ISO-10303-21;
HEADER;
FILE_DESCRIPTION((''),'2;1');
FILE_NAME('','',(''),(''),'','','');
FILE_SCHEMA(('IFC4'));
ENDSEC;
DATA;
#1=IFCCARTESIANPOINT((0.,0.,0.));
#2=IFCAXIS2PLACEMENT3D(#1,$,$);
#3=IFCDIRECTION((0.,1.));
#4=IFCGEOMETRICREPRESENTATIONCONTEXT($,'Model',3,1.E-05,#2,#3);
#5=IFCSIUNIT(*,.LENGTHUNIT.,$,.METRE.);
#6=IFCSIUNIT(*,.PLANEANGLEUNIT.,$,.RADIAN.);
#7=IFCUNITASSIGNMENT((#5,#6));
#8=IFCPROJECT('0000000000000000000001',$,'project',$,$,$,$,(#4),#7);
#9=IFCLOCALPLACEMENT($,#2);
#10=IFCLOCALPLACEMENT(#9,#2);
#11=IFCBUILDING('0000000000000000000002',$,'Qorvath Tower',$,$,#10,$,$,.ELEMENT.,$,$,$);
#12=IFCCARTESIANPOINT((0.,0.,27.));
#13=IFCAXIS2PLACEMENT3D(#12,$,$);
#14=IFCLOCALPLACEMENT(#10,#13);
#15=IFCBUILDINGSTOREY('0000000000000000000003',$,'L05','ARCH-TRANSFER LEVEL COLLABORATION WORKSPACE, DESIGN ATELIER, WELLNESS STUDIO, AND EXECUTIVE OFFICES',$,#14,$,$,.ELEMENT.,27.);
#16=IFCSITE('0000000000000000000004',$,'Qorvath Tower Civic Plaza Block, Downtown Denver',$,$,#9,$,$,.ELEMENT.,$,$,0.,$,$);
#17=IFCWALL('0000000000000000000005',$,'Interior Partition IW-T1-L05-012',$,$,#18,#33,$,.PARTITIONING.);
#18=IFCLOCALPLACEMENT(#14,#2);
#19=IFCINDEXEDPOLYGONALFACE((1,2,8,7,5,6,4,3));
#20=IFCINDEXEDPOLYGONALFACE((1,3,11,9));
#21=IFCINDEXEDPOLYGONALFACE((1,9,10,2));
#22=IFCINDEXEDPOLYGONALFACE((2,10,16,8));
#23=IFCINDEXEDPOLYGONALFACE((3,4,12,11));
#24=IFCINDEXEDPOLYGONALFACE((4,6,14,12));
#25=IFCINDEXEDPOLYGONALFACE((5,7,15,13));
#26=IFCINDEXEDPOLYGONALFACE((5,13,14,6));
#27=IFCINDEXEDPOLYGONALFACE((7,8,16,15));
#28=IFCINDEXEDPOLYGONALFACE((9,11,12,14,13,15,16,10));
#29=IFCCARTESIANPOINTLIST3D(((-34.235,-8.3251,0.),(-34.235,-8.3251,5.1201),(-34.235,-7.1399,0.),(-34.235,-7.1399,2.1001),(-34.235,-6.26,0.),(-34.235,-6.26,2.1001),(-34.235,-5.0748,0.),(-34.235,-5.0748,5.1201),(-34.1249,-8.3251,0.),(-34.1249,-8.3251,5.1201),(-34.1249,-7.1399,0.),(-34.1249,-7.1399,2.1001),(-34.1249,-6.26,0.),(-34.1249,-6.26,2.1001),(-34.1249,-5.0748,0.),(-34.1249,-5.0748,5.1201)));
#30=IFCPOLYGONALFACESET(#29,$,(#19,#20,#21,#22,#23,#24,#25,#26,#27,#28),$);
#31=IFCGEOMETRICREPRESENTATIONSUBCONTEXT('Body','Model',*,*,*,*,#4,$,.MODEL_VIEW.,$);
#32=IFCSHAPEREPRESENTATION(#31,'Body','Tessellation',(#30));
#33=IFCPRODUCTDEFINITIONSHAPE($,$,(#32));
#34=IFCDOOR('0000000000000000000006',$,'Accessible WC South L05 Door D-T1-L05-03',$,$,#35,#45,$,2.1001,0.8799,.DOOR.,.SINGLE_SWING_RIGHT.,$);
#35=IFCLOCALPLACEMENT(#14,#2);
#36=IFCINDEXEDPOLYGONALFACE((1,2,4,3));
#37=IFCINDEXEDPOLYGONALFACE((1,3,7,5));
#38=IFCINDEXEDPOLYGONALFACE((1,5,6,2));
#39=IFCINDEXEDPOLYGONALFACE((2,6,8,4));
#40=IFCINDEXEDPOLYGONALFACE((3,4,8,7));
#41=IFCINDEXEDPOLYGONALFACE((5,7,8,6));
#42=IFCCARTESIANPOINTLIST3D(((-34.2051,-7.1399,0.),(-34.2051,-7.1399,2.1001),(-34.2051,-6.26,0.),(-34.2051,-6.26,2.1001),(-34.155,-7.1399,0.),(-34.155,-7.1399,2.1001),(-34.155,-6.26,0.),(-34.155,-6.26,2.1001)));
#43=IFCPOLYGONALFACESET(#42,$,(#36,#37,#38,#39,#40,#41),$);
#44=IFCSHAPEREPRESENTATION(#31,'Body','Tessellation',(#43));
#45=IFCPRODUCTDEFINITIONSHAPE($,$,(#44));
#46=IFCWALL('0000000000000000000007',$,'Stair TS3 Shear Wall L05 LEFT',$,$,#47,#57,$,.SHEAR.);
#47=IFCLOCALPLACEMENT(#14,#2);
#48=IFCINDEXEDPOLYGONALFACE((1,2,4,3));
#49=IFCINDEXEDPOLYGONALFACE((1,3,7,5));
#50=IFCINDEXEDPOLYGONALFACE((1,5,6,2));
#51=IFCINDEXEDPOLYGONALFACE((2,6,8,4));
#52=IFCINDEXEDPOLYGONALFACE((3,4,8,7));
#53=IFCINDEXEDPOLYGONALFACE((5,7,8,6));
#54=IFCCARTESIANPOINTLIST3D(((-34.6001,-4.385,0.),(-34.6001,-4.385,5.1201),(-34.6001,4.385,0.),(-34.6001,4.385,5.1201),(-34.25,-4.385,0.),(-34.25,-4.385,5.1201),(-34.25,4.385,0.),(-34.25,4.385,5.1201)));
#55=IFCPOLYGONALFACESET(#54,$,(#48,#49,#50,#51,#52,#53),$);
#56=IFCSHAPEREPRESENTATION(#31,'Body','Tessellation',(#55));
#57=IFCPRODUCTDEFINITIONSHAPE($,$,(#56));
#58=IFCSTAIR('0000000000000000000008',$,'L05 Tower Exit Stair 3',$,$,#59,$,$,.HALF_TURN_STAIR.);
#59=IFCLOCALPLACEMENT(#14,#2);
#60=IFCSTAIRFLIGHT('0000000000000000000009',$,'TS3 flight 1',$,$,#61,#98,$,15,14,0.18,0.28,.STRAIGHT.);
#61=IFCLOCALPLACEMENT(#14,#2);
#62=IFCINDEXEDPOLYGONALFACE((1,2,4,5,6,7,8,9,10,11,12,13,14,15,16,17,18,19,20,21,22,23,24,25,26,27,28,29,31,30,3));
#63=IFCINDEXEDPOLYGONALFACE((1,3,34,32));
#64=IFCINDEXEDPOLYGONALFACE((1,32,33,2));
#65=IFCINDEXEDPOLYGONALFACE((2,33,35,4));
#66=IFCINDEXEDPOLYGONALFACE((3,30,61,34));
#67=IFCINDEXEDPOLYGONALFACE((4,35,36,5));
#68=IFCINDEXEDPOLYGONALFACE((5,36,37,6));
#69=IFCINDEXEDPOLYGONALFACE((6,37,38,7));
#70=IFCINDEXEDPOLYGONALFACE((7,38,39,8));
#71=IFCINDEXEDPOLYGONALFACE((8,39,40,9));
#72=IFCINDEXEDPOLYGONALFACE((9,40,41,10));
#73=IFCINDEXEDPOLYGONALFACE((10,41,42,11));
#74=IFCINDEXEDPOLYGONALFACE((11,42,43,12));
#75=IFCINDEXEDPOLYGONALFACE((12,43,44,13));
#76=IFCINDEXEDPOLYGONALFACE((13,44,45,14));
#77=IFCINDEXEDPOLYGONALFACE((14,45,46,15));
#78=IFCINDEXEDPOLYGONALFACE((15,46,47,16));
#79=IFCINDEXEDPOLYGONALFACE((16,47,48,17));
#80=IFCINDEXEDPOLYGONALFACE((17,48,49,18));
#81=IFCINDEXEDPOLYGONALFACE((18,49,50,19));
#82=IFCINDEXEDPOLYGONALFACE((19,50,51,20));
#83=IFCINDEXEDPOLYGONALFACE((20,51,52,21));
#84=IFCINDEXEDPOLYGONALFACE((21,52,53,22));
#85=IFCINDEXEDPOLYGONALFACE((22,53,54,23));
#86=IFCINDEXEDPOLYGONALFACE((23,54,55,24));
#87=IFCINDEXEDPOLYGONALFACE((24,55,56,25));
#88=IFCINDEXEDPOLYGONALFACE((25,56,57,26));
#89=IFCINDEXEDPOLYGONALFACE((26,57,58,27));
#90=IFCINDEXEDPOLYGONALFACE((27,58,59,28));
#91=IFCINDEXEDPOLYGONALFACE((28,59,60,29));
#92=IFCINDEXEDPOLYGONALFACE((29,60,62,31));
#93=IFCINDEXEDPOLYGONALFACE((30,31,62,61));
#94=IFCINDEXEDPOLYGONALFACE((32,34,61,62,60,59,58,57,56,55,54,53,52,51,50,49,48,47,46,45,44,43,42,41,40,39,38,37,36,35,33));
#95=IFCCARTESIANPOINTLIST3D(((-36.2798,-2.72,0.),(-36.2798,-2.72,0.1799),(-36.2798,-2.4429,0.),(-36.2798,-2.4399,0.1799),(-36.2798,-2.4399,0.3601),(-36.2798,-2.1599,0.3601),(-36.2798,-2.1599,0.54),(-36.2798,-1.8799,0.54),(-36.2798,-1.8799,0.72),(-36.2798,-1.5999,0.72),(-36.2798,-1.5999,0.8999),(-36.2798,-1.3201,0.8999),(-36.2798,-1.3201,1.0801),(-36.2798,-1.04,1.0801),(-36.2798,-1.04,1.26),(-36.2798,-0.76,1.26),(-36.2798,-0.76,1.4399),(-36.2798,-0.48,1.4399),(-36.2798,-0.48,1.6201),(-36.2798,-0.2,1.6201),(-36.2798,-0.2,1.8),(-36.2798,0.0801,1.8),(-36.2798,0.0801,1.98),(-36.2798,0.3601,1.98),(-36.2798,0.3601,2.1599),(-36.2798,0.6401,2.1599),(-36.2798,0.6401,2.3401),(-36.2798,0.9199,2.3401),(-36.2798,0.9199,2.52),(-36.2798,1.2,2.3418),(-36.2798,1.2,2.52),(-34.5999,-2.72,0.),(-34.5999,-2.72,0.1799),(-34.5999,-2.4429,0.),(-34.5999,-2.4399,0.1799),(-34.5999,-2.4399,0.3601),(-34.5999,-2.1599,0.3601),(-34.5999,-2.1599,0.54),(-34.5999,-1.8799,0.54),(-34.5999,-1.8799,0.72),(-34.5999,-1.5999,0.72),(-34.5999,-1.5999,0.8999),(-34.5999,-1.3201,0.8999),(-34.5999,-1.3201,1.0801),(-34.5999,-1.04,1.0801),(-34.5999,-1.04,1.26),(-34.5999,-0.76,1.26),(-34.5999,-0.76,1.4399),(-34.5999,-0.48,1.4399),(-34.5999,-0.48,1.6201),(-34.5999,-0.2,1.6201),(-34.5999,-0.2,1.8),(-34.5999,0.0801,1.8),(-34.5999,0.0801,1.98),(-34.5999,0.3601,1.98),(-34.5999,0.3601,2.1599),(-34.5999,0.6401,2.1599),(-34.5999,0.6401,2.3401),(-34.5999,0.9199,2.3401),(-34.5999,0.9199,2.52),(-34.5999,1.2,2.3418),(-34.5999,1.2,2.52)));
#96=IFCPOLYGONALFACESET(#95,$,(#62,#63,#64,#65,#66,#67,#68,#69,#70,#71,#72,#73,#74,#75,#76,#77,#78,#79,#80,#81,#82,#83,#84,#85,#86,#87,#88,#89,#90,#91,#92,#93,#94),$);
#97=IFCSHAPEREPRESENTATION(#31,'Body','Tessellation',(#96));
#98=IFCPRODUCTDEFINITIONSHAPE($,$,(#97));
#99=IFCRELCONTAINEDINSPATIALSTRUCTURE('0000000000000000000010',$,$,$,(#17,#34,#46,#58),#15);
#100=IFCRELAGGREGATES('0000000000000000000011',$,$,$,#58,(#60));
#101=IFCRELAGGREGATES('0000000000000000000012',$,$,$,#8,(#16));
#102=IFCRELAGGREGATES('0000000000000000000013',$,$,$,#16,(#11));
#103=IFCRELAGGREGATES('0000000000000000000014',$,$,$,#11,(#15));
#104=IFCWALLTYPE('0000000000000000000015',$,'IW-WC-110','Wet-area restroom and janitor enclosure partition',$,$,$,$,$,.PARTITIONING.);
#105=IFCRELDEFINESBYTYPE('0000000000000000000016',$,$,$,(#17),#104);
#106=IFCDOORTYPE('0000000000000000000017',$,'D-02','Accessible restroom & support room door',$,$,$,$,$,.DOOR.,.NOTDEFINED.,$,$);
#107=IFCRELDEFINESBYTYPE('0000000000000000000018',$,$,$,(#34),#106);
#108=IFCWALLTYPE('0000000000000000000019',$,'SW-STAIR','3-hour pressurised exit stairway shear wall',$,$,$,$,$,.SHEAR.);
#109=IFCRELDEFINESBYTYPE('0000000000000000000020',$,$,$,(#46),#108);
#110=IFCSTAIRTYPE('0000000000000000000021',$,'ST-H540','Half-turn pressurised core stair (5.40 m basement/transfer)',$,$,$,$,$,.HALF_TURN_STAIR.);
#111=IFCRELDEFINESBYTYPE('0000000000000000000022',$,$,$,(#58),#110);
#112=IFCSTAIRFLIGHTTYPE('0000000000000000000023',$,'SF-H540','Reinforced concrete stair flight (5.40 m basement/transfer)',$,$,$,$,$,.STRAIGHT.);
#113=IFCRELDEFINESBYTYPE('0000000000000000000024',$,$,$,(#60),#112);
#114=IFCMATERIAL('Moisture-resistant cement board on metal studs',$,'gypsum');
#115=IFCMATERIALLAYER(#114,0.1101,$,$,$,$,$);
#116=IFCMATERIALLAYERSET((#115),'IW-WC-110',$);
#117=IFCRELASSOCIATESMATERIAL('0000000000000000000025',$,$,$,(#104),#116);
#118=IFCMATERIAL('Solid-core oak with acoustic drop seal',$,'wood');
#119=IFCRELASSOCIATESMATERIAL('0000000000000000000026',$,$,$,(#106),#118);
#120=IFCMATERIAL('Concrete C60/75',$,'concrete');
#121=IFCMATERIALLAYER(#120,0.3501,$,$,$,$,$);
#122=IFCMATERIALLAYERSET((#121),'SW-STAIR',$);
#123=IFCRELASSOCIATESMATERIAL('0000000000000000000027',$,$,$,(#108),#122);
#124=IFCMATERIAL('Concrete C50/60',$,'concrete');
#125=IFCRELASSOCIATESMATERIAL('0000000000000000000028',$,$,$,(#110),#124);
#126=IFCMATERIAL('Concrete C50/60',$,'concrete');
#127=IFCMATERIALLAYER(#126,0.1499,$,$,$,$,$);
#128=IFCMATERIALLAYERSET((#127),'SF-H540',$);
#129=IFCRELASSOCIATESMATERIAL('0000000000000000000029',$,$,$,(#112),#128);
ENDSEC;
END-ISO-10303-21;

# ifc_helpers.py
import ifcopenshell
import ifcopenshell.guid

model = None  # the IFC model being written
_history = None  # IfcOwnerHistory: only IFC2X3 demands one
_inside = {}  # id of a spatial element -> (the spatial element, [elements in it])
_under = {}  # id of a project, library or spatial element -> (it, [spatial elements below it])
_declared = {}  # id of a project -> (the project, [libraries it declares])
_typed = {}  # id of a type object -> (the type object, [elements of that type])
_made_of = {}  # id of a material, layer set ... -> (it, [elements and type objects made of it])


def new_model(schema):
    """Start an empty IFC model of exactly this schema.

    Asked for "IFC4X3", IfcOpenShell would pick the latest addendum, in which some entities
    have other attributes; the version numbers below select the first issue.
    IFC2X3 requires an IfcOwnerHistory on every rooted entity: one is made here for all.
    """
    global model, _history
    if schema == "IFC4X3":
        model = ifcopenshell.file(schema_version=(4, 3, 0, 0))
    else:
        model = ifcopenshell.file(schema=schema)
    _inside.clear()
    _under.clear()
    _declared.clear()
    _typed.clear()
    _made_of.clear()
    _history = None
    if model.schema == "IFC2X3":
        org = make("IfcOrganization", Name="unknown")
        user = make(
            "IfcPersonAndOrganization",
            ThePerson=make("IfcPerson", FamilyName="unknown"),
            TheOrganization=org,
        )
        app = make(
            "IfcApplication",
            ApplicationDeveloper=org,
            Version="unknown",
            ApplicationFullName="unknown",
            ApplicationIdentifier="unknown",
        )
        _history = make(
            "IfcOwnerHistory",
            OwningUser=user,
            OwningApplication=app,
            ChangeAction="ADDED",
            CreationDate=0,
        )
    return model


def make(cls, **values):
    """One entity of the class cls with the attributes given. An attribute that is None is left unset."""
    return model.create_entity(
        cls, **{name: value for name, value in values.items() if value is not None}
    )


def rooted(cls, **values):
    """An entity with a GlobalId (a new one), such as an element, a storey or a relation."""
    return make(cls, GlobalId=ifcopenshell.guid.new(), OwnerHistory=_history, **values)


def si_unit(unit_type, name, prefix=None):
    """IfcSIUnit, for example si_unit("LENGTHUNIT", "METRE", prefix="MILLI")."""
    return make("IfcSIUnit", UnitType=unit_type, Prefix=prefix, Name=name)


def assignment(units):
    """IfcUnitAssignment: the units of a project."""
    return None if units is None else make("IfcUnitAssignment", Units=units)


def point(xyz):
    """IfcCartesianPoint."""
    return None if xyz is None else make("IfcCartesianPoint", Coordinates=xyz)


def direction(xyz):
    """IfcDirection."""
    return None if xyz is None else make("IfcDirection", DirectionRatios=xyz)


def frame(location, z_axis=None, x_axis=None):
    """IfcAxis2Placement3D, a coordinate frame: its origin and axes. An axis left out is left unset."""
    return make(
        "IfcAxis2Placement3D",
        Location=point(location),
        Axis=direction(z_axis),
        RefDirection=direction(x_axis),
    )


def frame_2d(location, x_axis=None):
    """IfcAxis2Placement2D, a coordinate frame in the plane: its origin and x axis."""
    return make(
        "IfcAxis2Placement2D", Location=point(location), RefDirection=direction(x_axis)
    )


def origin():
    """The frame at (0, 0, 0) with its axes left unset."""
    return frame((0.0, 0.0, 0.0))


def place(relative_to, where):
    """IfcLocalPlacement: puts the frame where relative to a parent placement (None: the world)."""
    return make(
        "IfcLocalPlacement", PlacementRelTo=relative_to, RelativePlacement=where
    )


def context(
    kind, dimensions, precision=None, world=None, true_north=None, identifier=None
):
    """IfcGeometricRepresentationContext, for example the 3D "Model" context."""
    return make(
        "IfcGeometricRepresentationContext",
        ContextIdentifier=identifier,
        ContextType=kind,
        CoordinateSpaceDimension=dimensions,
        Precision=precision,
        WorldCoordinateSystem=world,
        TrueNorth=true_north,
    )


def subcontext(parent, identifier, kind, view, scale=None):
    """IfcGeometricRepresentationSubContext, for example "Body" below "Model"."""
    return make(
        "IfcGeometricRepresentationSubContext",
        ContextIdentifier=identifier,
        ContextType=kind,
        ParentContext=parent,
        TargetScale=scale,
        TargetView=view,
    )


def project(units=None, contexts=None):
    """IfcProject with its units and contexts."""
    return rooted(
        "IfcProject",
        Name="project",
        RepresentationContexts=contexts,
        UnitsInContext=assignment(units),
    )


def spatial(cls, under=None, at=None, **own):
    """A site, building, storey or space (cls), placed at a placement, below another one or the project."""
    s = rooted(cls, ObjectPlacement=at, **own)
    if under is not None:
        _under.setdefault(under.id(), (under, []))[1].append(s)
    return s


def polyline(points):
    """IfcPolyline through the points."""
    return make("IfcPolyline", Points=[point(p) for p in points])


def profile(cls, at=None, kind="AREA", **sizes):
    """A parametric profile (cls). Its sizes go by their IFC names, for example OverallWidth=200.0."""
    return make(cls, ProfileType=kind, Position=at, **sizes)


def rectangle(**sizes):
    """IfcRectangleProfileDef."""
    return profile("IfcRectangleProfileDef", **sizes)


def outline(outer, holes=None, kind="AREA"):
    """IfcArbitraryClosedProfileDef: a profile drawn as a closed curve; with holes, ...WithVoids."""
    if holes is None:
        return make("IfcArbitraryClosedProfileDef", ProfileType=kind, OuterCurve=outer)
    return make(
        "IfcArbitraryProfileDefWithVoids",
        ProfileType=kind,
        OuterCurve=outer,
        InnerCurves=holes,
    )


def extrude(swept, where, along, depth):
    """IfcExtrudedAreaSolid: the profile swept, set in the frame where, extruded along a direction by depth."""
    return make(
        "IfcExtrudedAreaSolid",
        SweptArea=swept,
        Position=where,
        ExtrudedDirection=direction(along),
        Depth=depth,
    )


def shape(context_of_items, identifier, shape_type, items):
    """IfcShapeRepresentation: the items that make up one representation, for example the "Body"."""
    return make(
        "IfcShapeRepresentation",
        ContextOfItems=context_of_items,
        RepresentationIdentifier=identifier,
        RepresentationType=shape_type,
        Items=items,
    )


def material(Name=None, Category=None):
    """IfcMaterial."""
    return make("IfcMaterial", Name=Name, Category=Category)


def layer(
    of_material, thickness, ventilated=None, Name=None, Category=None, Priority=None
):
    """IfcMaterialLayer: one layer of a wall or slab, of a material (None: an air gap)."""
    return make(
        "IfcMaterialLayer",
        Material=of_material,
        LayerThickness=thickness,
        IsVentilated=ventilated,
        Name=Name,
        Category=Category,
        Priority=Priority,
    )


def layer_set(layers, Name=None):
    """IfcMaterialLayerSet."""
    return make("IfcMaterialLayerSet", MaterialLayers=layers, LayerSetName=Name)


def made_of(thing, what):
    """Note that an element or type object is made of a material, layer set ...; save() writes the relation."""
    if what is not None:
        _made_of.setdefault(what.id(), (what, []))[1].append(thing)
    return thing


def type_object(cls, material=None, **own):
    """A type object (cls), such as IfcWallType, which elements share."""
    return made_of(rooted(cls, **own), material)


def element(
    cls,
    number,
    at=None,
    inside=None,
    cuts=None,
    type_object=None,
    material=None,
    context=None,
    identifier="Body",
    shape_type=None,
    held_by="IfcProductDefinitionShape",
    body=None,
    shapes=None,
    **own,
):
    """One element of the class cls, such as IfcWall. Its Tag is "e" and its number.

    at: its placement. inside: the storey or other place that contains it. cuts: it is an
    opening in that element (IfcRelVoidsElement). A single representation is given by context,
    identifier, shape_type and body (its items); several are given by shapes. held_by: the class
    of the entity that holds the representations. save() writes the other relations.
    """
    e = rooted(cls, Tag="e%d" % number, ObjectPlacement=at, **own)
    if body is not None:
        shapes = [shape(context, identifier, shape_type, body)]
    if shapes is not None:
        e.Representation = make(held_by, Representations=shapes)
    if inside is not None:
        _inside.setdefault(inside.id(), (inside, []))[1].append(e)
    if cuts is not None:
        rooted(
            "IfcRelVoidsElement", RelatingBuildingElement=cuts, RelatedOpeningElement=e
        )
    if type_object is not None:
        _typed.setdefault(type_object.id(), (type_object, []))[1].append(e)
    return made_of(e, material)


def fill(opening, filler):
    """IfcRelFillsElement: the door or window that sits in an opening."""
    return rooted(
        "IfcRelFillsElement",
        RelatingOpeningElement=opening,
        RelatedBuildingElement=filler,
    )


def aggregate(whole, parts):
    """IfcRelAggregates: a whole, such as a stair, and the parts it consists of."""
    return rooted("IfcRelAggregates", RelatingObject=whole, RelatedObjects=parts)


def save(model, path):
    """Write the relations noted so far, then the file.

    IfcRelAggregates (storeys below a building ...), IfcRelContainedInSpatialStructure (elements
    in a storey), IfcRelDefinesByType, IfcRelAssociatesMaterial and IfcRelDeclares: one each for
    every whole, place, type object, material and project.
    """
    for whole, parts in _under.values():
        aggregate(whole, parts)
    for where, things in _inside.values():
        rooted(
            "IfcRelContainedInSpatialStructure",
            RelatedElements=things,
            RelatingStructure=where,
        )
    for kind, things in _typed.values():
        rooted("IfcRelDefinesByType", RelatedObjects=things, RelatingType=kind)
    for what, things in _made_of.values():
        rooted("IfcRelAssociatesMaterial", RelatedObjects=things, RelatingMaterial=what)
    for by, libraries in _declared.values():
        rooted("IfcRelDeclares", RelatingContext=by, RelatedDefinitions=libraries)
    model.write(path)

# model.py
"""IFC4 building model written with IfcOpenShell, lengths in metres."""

from ifc_helpers import new_model, si_unit, direction, frame, frame_2d, origin, place, context, subcontext, project, spatial, polyline, rectangle, outline, extrude, material, layer, layer_set, type_object, element, fill, aggregate, save


model = new_model("IFC4")

# Units and contexts
model_context = context("Model", 3, precision=1e-05, world=origin(), true_north=direction((0.0, 1.0)))
body_context = subcontext(model_context, "Body", "Model", "MODEL_VIEW")
ifc_project = project(units=[si_unit("LENGTHUNIT", "METRE"), si_unit("PLANEANGLEUNIT", "RADIAN")], contexts=[model_context])

# Site, building, storey
site_placement = place(None, origin())
site = spatial("IfcSite", under=ifc_project, at=site_placement, Name="Qorvath Tower Civic Plaza Block, Downtown Denver", CompositionType="ELEMENT", RefElevation=0.0)
building_placement = place(site_placement, origin())
building = spatial("IfcBuilding", under=site, at=building_placement, Name="Qorvath Tower", CompositionType="ELEMENT")
storey_placement = place(building_placement, frame((0.0, 0.0, 27.0)))
storey = spatial("IfcBuildingStorey", under=building, at=storey_placement, Name="L05", Description="ARCH-TRANSFER LEVEL COLLABORATION WORKSPACE, DESIGN ATELIER, WELLNESS STUDIO, AND EXECUTIVE OFFICES", CompositionType="ELEMENT", Elevation=27.0)

# Shared definitions
ifc_material_1 = material(Name="Moisture-resistant cement board on metal studs", Category="gypsum")
ifc_layer_1 = layer(ifc_material_1, 0.1101)
ifc_layer_set_1 = layer_set([ifc_layer_1], Name="IW-WC-110")
wall_type_1 = type_object("IfcWallType", Name="IW-WC-110", Description="Wet-area restroom and janitor enclosure partition", PredefinedType="PARTITIONING", material=ifc_layer_set_1)

# Wall, opening, door
wall_1_placement = place(storey_placement, frame((-34.1799, -5.075, 0.0), z_axis=(0.0, 0.0, 1.0), x_axis=(0.0, -1.0, 0.0)))
wall_1 = element("IfcWall", 1, at=wall_1_placement, inside=storey, type_object=wall_type_1, Name="Interior Partition IW-T1-L05-012", PredefinedType="PARTITIONING", context=body_context, shape_type="SweptSolid", body=[
    extrude(rectangle(XDim=3.2502, YDim=0.1101, at=frame_2d((1.625, 0.0))), origin(), (0.0, 0.0, 1.0), 5.1201),
])
opening_1_placement = place(wall_1_placement, frame((1.1851, 0.0, 0.0)))
opening_1 = element("IfcOpeningElement", 2, at=opening_1_placement, cuts=wall_1, PredefinedType="OPENING", context=body_context, shape_type="SweptSolid", body=[
    extrude(rectangle(XDim=0.8799, YDim=2.1001, at=frame_2d((0.4399, 1.05))), frame((0.0, 0.0649, 0.0), z_axis=(0.0, -1.0, 0.0), x_axis=(1.0, 0.0, 0.0)), (0.0, 0.0, 1.0), 0.1301),
])
ifc_material_2 = material(Name="Solid-core oak with acoustic drop seal", Category="wood")
door_type_1 = type_object("IfcDoorType", Name="D-02", Description="Accessible restroom & support room door", OperationType="NOTDEFINED", PredefinedType="DOOR", material=ifc_material_2)
door_1_placement = place(opening_1_placement, origin())
door_1 = element("IfcDoor", 3, at=door_1_placement, inside=storey, type_object=door_type_1, Name="Accessible WC South L05 Door D-T1-L05-03", OperationType="SINGLE_SWING_RIGHT", OverallHeight=2.1001, OverallWidth=0.8799, PredefinedType="DOOR", context=body_context, shape_type="SweptSolid", body=[
    extrude(rectangle(XDim=0.8799, YDim=2.1001, at=frame_2d((0.4399, 1.05))), frame((0.0, 0.0249, 0.0), z_axis=(0.0, -1.0, 0.0), x_axis=(1.0, 0.0, 0.0)), (0.0, 0.0, 1.0), 0.05),
])
fill(opening_1, door_1)

# Wall
ifc_material_3 = material(Name="Concrete C60/75", Category="concrete")
ifc_layer_2 = layer(ifc_material_3, 0.3501)
ifc_layer_set_2 = layer_set([ifc_layer_2], Name="SW-STAIR")
wall_type_2 = type_object("IfcWallType", Name="SW-STAIR", Description="3-hour pressurised exit stairway shear wall", PredefinedType="SHEAR", material=ifc_layer_set_2)
wall_2_placement = place(storey_placement, frame((-34.425, -4.385, 0.0), z_axis=(0.0, 0.0, 1.0), x_axis=(0.0, 1.0, 0.0)))
element("IfcWall", 4, at=wall_2_placement, inside=storey, type_object=wall_type_2, Name="Stair TS3 Shear Wall L05 LEFT", PredefinedType="SHEAR", context=body_context, shape_type="SweptSolid", body=[
    extrude(rectangle(XDim=8.77, YDim=0.3501, at=frame_2d((4.385, 0.0))), origin(), (0.0, 0.0, 1.0), 5.1201),
])

# Stair, stair flight
ifc_material_4 = material(Name="Concrete C50/60", Category="concrete")
stair_type = type_object("IfcStairType", Name="ST-H540", Description="Half-turn pressurised core stair (5.40 m basement/transfer)", PredefinedType="HALF_TURN_STAIR", material=ifc_material_4)
stair_placement = place(storey_placement, origin())
stair = element("IfcStair", 5, at=stair_placement, inside=storey, type_object=stair_type, Name="L05 Tower Exit Stair 3", PredefinedType="HALF_TURN_STAIR")
ifc_material_5 = material(Name="Concrete C50/60", Category="concrete")
ifc_layer_3 = layer(ifc_material_5, 0.1499)
ifc_layer_set_3 = layer_set([ifc_layer_3], Name="SF-H540")
stair_flight_type = type_object("IfcStairFlightType", Name="SF-H540", Description="Reinforced concrete stair flight (5.40 m basement/transfer)", PredefinedType="STRAIGHT", material=ifc_layer_set_3)
stair_flight_placement = place(storey_placement, frame((-35.4399, -2.72, 0.0), z_axis=(0.0, 0.0, 1.0), x_axis=(0.0, 1.0, 0.0)))
stair_flight = element("IfcStairFlight", 6, at=stair_flight_placement, type_object=stair_flight_type, Name="TS3 flight 1", NumberOfRisers=15, NumberOfTreads=14, PredefinedType="STRAIGHT", RiserHeight=0.18, TreadLength=0.28, context=body_context, shape_type="SweptSolid", body=[
    extrude(outline(polyline([(0.0, 0.0), (0.0, 0.1799), (0.28, 0.1799), (0.28, 0.3601), (0.5601, 0.3601), (0.5601, 0.54), (0.8401, 0.54), (0.8401, 0.72), (1.1201, 0.72), (1.1201, 0.8999), (1.3999, 0.8999), (1.3999, 1.0801), (1.6799, 1.0801), (1.6799, 1.26), (1.96, 1.26), (1.96, 1.4399), (2.24, 1.4399), (2.24, 1.6201), (2.52, 1.6201), (2.52, 1.8), (2.8, 1.8), (2.8, 1.98), (3.0801, 1.98), (3.0801, 2.1599), (3.3601, 2.1599), (3.3601, 2.3401), (3.6399, 2.3401), (3.6399, 2.52), (3.9199, 2.52), (3.9199, 2.7), (3.9199, 2.3418), (0.2771, 0.0), (0.0, 0.0)])), frame((0.0, 0.8398, 0.0), z_axis=(0.0, -1.0, 0.0), x_axis=(1.0, 0.0, 0.0)), (0.0, 0.0, 1.0), 1.6799),
])
aggregate(stair, [stair_flight])

save(model, "model.ifc")
